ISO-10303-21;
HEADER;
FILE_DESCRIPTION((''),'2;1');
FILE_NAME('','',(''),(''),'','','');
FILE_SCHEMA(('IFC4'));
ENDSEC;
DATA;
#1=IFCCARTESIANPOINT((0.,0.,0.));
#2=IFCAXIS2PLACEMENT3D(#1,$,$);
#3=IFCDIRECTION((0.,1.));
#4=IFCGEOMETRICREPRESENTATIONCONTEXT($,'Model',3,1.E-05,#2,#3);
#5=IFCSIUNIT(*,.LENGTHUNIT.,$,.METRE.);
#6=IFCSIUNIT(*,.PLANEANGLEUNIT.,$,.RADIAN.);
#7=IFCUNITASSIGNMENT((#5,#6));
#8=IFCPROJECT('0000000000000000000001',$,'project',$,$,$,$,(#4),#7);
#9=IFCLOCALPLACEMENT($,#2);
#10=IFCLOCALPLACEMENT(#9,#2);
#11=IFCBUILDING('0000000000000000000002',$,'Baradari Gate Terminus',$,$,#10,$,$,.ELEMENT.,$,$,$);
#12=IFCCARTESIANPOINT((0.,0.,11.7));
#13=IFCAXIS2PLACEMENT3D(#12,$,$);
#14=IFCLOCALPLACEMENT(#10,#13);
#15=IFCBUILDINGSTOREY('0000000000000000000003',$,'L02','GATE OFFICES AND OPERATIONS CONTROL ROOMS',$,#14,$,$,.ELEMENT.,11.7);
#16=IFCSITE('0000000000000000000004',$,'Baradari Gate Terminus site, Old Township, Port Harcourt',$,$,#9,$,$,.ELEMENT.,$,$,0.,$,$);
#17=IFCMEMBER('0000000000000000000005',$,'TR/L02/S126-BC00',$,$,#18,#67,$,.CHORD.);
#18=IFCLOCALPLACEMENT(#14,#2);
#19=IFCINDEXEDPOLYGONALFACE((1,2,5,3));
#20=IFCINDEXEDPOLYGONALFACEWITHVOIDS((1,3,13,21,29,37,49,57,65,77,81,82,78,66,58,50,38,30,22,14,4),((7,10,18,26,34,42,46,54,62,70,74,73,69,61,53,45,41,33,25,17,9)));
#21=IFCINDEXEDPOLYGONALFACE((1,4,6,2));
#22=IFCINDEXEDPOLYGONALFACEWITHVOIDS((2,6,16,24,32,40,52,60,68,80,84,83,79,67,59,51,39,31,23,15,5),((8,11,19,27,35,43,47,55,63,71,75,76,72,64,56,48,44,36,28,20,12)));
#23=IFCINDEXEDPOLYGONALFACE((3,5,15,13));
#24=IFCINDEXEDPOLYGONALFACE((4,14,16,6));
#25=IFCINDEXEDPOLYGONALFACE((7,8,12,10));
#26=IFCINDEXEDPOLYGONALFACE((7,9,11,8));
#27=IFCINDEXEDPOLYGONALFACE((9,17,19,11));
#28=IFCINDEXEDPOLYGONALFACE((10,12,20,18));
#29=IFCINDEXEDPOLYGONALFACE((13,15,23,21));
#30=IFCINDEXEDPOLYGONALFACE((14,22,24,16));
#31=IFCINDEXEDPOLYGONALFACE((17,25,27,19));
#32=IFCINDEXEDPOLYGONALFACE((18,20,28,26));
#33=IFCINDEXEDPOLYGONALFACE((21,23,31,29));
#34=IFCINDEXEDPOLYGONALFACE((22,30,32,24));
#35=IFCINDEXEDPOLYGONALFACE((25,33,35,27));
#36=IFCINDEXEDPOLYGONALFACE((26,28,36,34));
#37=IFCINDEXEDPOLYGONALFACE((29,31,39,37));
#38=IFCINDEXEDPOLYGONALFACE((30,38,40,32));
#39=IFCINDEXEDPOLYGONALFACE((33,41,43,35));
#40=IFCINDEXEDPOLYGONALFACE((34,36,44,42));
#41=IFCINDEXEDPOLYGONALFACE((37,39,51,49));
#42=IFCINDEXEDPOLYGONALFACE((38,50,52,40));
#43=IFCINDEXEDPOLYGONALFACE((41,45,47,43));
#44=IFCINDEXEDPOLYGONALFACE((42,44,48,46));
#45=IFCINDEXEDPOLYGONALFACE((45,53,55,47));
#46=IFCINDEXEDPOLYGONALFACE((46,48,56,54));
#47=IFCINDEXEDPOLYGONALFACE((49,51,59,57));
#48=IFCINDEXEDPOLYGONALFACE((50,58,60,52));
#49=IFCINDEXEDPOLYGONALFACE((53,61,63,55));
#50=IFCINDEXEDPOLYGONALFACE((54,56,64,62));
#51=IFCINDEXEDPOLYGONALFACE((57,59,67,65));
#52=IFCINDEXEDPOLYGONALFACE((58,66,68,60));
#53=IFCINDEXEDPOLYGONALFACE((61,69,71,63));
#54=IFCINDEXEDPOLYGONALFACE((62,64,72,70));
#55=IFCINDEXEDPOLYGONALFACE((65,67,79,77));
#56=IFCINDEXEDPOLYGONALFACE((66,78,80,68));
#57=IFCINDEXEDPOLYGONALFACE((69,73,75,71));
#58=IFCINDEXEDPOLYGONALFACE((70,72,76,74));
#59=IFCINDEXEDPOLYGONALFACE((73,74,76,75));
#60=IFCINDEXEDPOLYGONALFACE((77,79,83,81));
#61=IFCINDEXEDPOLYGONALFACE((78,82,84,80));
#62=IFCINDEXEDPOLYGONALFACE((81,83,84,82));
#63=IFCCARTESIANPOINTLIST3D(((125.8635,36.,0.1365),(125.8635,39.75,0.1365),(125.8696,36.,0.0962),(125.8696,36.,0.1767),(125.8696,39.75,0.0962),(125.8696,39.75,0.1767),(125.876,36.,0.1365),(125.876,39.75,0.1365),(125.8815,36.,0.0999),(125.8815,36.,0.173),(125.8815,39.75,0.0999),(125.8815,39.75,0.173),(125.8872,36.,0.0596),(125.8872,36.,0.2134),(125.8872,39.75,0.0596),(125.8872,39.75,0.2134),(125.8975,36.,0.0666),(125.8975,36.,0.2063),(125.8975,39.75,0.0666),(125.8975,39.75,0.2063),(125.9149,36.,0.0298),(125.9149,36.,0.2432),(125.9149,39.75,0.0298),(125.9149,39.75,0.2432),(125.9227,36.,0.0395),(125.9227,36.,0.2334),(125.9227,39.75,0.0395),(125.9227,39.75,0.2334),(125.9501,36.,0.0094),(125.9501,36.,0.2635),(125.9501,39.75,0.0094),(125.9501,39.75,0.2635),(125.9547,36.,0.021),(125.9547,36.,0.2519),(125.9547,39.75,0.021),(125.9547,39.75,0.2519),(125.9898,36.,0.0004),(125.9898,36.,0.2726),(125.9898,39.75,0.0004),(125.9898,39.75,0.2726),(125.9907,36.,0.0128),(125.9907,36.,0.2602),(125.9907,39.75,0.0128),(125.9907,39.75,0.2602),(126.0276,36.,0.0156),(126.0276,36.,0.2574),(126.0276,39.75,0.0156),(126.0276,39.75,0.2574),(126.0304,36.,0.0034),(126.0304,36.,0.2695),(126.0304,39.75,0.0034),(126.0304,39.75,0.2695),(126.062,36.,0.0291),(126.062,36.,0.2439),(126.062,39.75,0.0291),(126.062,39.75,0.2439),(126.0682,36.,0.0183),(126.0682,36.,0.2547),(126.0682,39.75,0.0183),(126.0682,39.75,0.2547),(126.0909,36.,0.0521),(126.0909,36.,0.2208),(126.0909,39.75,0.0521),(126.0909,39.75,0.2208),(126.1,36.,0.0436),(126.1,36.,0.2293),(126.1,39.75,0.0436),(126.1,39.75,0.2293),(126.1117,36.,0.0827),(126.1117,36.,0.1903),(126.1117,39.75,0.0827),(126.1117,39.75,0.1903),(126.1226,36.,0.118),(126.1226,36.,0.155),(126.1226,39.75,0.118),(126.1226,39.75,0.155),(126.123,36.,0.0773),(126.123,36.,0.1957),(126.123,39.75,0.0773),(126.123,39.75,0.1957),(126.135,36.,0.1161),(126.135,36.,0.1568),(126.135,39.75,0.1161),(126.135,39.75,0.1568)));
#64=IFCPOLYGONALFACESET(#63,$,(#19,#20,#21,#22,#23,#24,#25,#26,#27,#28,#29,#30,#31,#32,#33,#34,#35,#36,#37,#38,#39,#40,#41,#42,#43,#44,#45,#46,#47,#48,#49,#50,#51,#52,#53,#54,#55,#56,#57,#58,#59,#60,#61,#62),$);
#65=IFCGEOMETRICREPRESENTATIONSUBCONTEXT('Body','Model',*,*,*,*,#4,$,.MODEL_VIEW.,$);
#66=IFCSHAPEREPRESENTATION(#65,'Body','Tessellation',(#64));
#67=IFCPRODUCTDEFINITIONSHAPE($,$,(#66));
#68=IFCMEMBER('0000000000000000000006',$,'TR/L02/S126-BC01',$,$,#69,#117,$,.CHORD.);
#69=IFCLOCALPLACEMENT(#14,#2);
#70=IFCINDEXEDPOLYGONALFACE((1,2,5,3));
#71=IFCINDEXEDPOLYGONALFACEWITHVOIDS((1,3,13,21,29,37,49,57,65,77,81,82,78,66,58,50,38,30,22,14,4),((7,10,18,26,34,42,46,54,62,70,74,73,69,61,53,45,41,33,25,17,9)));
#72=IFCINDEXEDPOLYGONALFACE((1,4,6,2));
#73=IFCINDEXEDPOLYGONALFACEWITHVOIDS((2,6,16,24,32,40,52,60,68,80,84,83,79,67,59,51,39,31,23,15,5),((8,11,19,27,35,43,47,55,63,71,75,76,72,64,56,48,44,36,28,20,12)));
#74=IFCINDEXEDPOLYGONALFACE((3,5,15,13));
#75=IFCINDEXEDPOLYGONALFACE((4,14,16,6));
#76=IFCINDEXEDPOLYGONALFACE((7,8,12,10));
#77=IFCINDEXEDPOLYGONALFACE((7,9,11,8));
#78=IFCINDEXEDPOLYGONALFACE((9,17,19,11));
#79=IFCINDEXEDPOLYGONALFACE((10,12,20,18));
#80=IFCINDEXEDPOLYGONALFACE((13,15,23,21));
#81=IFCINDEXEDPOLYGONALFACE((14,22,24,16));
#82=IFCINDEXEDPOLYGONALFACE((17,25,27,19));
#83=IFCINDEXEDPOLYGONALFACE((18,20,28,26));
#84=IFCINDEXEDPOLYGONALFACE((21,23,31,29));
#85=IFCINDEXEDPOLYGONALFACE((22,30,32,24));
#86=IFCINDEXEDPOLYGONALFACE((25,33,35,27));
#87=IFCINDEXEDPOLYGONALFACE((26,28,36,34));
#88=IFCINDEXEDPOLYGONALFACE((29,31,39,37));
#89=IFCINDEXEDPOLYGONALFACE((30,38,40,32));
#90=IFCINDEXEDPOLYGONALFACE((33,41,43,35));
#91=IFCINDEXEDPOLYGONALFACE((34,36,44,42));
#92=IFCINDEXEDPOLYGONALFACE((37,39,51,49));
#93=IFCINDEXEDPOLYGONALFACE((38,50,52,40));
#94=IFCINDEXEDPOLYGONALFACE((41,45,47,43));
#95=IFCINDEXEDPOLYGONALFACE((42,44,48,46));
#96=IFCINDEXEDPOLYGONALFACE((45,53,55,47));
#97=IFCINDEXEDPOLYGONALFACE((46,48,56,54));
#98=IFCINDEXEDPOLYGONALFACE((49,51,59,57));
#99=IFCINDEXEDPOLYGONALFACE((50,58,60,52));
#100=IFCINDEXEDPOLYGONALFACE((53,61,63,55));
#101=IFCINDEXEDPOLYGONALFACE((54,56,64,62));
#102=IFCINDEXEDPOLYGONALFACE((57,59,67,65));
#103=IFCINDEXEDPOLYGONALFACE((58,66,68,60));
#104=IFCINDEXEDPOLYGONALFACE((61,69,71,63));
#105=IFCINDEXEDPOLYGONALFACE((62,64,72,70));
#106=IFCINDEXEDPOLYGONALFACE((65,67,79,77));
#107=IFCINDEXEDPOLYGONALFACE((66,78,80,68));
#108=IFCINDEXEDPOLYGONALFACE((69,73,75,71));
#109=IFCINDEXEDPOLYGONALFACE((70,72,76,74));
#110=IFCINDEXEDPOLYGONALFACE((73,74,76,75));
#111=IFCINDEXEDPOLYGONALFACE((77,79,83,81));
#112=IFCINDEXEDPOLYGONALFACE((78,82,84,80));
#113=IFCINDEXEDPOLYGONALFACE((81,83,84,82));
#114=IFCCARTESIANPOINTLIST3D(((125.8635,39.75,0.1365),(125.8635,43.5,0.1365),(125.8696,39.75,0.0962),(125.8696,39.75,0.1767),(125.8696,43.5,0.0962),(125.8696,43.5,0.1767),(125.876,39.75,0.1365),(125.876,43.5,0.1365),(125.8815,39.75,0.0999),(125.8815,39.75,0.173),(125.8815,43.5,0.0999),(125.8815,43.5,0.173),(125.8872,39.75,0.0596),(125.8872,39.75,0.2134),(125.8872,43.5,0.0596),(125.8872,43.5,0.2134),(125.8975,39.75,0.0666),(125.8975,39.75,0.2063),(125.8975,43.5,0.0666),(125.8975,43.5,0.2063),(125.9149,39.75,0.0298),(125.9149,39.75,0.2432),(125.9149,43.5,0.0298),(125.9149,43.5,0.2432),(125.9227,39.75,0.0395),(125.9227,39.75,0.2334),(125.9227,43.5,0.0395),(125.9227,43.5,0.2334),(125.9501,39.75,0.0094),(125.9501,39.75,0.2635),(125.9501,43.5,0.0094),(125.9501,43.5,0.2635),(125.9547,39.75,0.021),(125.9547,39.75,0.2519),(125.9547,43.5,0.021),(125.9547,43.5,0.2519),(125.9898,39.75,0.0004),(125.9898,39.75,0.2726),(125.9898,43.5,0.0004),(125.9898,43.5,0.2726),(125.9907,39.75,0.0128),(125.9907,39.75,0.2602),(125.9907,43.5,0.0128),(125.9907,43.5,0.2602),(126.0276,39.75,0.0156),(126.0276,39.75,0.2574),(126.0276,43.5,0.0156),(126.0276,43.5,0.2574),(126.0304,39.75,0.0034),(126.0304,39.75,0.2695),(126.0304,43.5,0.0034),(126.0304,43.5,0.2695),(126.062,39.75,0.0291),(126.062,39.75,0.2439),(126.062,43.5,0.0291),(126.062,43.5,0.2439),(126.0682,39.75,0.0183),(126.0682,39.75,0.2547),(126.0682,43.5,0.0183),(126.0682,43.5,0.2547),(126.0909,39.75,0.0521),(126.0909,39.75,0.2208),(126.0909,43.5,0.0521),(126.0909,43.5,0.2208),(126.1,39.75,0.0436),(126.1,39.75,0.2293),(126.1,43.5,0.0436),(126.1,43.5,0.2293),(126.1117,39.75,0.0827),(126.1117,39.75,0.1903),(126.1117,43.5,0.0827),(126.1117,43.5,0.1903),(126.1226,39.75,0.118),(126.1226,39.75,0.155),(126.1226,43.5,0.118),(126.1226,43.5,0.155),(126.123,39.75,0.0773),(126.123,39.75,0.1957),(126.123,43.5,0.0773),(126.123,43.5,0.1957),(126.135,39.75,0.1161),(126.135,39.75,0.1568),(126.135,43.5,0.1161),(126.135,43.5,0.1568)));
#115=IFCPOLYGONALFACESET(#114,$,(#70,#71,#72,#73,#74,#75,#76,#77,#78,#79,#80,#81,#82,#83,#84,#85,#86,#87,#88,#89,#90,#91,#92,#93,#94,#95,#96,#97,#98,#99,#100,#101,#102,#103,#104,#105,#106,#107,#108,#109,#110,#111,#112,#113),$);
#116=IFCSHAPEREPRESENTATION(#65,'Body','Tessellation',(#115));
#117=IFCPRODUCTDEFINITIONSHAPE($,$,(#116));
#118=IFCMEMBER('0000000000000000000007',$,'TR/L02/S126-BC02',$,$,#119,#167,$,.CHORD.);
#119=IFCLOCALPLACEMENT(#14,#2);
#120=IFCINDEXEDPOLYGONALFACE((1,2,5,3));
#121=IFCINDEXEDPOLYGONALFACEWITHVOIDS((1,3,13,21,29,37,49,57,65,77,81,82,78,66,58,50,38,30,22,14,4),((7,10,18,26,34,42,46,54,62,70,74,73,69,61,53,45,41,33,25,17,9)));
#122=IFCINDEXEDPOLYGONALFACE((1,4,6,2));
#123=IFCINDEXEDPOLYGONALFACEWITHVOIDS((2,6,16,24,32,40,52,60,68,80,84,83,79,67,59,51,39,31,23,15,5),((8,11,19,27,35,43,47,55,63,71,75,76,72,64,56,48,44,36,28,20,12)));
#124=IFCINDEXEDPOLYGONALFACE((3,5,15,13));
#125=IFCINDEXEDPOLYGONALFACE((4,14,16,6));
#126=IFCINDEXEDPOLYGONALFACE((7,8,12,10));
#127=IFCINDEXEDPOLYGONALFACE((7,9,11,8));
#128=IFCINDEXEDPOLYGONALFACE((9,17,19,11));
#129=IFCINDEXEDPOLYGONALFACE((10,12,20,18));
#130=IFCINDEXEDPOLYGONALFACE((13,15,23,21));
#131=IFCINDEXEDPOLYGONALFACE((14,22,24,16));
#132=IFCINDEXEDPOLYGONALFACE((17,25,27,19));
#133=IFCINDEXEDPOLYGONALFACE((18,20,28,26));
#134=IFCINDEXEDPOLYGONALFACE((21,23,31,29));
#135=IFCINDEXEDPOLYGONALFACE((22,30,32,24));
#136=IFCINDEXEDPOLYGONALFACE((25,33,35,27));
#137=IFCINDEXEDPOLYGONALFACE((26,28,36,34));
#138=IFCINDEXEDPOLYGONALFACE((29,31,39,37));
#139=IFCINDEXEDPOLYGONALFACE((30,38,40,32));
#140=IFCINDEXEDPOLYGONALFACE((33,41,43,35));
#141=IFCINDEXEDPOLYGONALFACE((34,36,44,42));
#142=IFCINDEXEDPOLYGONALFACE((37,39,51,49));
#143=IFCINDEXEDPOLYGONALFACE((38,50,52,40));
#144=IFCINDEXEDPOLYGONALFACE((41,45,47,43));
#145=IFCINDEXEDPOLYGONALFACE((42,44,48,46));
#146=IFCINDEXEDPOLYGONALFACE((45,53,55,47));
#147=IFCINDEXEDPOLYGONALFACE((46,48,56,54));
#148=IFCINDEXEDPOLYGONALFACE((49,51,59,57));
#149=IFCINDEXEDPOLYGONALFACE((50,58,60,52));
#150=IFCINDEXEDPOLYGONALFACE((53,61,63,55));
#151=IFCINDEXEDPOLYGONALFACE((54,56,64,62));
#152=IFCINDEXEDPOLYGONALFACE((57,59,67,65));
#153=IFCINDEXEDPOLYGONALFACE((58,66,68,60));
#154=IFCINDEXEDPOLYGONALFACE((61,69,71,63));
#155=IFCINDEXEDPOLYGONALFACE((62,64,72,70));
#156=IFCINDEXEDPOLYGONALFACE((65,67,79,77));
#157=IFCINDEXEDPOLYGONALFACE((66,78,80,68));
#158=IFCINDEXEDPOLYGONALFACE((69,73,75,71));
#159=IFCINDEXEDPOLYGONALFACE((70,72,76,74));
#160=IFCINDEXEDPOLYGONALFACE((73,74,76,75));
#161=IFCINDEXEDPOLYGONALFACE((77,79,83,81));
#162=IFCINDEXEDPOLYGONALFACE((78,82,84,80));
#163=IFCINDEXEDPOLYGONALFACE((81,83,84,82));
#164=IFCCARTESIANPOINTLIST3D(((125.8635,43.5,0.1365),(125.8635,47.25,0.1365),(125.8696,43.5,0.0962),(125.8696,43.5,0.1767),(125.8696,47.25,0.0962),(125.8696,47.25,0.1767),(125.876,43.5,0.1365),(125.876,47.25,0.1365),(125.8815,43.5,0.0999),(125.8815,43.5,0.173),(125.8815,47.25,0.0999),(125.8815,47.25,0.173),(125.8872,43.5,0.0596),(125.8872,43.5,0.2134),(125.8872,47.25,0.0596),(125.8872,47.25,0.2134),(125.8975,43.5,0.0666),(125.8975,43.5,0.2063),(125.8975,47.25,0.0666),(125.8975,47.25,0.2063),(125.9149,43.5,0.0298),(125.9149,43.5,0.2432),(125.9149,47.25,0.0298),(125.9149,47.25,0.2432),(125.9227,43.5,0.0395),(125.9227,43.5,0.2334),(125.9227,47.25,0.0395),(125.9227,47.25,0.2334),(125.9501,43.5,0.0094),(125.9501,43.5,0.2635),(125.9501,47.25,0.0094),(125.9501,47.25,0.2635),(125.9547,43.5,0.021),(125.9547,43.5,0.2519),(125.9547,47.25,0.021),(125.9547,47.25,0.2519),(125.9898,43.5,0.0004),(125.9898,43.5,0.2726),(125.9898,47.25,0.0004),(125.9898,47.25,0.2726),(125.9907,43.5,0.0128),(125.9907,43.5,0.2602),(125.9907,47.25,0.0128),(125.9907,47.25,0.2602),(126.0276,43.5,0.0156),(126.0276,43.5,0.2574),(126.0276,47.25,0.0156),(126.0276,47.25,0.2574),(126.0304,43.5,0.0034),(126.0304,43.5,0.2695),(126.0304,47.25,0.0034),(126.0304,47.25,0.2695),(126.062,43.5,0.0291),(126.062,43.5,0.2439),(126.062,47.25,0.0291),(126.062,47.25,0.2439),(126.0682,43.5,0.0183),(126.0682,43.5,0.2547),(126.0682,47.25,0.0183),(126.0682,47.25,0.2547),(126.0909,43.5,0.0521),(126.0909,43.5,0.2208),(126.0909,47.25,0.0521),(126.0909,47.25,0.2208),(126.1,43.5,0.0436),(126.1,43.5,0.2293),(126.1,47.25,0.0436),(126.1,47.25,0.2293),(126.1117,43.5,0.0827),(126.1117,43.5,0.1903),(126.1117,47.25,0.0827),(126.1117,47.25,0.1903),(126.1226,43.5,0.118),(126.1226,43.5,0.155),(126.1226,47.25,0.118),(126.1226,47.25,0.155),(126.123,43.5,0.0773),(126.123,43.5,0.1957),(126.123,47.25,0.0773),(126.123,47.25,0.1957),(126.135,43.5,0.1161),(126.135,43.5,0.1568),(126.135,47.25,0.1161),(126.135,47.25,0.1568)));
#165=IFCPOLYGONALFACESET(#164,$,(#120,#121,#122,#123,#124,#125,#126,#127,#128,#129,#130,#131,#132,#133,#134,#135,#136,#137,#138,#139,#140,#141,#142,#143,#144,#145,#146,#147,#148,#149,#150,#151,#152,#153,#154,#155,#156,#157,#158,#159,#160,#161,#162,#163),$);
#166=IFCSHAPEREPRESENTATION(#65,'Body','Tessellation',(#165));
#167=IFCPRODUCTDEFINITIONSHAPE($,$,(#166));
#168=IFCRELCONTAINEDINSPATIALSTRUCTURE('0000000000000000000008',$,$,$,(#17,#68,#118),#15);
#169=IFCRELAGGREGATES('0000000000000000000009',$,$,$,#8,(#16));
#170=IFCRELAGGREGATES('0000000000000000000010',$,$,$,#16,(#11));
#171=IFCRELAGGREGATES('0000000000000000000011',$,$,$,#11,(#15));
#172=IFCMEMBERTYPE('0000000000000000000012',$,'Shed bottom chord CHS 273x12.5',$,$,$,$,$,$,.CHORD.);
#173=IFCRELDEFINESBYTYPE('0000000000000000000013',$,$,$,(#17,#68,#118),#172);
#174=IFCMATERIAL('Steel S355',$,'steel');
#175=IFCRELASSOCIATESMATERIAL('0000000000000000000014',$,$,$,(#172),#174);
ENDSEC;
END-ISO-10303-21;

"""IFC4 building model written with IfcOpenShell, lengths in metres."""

from ifc_helpers import new_model, si_unit, direction, frame, origin, origin_2d, place, context, subcontext, project, spatial, hollow_circle, extrude, material, material_profile, profile_set, type_object, element, save


model = new_model("IFC4")

# Units and contexts
model_context = context("Model", 3, precision=1e-05, world=origin(), true_north=direction((0.0, 1.0)))
body_context = subcontext(model_context, "Body", "Model", "MODEL_VIEW")
ifc_project = project(units=[si_unit("LENGTHUNIT", "METRE"), si_unit("PLANEANGLEUNIT", "RADIAN")], contexts=[model_context])

# Site, building, storey
site_placement = place(None, origin())
site = spatial("IfcSite", under=ifc_project, at=site_placement, Name="Baradari Gate Terminus site, Old Township, Port Harcourt", CompositionType="ELEMENT", RefElevation=0.0)
building_placement = place(site_placement, origin())
building = spatial("IfcBuilding", under=site, at=building_placement, Name="Baradari Gate Terminus", CompositionType="ELEMENT")
storey_placement = place(building_placement, frame((0.0, 0.0, 11.7)))
storey = spatial("IfcBuildingStorey", under=building, at=storey_placement, Name="L02", Description="GATE OFFICES AND OPERATIONS CONTROL ROOMS", CompositionType="ELEMENT", Elevation=11.7)

# Members
ifc_material_1 = material(Name="Steel S355", Category="steel")
ifc_material_profile_1 = material_profile(ifc_material_1, hollow_circle(Radius=0.1365, WallThickness=0.0125, at=origin_2d()), Name="CHS 273x12.5")
ifc_profile_set_1 = profile_set([ifc_material_profile_1], Name="Steel S355")
member_type_1 = type_object("IfcMemberType", Name="Shed bottom chord CHS 273x12.5", PredefinedType="CHORD", material=ifc_profile_set_1)
for number, where, z_axis, x_axis, name in (
    (1, (126.0, 36.0, 0.1365), (0.0, 1.0, 0.0), (-1.0, 0.0, 0.0), "TR/L02/S126-BC00"),
    (2, (126.0, 39.75, 0.1365), (0.0, 1.0, 0.0), (-1.0, 0.0, 0.0), "TR/L02/S126-BC01"),
    (3, (126.0, 43.5, 0.1365), (0.0, 1.0, 0.0), (-1.0, 0.0, 0.0), "TR/L02/S126-BC02"),
):
    element("IfcMember", number, at=place(storey_placement, frame(where, z_axis=z_axis, x_axis=x_axis)), inside=storey, type_object=member_type_1, Name=name, PredefinedType="CHORD", context=body_context, shape_type="SweptSolid", body=[
        extrude(hollow_circle(Radius=0.1365, WallThickness=0.0125, at=origin_2d()), origin(), (0.0, 0.0, 1.0), 3.75),
    ])

save(model, "model.ifc")
